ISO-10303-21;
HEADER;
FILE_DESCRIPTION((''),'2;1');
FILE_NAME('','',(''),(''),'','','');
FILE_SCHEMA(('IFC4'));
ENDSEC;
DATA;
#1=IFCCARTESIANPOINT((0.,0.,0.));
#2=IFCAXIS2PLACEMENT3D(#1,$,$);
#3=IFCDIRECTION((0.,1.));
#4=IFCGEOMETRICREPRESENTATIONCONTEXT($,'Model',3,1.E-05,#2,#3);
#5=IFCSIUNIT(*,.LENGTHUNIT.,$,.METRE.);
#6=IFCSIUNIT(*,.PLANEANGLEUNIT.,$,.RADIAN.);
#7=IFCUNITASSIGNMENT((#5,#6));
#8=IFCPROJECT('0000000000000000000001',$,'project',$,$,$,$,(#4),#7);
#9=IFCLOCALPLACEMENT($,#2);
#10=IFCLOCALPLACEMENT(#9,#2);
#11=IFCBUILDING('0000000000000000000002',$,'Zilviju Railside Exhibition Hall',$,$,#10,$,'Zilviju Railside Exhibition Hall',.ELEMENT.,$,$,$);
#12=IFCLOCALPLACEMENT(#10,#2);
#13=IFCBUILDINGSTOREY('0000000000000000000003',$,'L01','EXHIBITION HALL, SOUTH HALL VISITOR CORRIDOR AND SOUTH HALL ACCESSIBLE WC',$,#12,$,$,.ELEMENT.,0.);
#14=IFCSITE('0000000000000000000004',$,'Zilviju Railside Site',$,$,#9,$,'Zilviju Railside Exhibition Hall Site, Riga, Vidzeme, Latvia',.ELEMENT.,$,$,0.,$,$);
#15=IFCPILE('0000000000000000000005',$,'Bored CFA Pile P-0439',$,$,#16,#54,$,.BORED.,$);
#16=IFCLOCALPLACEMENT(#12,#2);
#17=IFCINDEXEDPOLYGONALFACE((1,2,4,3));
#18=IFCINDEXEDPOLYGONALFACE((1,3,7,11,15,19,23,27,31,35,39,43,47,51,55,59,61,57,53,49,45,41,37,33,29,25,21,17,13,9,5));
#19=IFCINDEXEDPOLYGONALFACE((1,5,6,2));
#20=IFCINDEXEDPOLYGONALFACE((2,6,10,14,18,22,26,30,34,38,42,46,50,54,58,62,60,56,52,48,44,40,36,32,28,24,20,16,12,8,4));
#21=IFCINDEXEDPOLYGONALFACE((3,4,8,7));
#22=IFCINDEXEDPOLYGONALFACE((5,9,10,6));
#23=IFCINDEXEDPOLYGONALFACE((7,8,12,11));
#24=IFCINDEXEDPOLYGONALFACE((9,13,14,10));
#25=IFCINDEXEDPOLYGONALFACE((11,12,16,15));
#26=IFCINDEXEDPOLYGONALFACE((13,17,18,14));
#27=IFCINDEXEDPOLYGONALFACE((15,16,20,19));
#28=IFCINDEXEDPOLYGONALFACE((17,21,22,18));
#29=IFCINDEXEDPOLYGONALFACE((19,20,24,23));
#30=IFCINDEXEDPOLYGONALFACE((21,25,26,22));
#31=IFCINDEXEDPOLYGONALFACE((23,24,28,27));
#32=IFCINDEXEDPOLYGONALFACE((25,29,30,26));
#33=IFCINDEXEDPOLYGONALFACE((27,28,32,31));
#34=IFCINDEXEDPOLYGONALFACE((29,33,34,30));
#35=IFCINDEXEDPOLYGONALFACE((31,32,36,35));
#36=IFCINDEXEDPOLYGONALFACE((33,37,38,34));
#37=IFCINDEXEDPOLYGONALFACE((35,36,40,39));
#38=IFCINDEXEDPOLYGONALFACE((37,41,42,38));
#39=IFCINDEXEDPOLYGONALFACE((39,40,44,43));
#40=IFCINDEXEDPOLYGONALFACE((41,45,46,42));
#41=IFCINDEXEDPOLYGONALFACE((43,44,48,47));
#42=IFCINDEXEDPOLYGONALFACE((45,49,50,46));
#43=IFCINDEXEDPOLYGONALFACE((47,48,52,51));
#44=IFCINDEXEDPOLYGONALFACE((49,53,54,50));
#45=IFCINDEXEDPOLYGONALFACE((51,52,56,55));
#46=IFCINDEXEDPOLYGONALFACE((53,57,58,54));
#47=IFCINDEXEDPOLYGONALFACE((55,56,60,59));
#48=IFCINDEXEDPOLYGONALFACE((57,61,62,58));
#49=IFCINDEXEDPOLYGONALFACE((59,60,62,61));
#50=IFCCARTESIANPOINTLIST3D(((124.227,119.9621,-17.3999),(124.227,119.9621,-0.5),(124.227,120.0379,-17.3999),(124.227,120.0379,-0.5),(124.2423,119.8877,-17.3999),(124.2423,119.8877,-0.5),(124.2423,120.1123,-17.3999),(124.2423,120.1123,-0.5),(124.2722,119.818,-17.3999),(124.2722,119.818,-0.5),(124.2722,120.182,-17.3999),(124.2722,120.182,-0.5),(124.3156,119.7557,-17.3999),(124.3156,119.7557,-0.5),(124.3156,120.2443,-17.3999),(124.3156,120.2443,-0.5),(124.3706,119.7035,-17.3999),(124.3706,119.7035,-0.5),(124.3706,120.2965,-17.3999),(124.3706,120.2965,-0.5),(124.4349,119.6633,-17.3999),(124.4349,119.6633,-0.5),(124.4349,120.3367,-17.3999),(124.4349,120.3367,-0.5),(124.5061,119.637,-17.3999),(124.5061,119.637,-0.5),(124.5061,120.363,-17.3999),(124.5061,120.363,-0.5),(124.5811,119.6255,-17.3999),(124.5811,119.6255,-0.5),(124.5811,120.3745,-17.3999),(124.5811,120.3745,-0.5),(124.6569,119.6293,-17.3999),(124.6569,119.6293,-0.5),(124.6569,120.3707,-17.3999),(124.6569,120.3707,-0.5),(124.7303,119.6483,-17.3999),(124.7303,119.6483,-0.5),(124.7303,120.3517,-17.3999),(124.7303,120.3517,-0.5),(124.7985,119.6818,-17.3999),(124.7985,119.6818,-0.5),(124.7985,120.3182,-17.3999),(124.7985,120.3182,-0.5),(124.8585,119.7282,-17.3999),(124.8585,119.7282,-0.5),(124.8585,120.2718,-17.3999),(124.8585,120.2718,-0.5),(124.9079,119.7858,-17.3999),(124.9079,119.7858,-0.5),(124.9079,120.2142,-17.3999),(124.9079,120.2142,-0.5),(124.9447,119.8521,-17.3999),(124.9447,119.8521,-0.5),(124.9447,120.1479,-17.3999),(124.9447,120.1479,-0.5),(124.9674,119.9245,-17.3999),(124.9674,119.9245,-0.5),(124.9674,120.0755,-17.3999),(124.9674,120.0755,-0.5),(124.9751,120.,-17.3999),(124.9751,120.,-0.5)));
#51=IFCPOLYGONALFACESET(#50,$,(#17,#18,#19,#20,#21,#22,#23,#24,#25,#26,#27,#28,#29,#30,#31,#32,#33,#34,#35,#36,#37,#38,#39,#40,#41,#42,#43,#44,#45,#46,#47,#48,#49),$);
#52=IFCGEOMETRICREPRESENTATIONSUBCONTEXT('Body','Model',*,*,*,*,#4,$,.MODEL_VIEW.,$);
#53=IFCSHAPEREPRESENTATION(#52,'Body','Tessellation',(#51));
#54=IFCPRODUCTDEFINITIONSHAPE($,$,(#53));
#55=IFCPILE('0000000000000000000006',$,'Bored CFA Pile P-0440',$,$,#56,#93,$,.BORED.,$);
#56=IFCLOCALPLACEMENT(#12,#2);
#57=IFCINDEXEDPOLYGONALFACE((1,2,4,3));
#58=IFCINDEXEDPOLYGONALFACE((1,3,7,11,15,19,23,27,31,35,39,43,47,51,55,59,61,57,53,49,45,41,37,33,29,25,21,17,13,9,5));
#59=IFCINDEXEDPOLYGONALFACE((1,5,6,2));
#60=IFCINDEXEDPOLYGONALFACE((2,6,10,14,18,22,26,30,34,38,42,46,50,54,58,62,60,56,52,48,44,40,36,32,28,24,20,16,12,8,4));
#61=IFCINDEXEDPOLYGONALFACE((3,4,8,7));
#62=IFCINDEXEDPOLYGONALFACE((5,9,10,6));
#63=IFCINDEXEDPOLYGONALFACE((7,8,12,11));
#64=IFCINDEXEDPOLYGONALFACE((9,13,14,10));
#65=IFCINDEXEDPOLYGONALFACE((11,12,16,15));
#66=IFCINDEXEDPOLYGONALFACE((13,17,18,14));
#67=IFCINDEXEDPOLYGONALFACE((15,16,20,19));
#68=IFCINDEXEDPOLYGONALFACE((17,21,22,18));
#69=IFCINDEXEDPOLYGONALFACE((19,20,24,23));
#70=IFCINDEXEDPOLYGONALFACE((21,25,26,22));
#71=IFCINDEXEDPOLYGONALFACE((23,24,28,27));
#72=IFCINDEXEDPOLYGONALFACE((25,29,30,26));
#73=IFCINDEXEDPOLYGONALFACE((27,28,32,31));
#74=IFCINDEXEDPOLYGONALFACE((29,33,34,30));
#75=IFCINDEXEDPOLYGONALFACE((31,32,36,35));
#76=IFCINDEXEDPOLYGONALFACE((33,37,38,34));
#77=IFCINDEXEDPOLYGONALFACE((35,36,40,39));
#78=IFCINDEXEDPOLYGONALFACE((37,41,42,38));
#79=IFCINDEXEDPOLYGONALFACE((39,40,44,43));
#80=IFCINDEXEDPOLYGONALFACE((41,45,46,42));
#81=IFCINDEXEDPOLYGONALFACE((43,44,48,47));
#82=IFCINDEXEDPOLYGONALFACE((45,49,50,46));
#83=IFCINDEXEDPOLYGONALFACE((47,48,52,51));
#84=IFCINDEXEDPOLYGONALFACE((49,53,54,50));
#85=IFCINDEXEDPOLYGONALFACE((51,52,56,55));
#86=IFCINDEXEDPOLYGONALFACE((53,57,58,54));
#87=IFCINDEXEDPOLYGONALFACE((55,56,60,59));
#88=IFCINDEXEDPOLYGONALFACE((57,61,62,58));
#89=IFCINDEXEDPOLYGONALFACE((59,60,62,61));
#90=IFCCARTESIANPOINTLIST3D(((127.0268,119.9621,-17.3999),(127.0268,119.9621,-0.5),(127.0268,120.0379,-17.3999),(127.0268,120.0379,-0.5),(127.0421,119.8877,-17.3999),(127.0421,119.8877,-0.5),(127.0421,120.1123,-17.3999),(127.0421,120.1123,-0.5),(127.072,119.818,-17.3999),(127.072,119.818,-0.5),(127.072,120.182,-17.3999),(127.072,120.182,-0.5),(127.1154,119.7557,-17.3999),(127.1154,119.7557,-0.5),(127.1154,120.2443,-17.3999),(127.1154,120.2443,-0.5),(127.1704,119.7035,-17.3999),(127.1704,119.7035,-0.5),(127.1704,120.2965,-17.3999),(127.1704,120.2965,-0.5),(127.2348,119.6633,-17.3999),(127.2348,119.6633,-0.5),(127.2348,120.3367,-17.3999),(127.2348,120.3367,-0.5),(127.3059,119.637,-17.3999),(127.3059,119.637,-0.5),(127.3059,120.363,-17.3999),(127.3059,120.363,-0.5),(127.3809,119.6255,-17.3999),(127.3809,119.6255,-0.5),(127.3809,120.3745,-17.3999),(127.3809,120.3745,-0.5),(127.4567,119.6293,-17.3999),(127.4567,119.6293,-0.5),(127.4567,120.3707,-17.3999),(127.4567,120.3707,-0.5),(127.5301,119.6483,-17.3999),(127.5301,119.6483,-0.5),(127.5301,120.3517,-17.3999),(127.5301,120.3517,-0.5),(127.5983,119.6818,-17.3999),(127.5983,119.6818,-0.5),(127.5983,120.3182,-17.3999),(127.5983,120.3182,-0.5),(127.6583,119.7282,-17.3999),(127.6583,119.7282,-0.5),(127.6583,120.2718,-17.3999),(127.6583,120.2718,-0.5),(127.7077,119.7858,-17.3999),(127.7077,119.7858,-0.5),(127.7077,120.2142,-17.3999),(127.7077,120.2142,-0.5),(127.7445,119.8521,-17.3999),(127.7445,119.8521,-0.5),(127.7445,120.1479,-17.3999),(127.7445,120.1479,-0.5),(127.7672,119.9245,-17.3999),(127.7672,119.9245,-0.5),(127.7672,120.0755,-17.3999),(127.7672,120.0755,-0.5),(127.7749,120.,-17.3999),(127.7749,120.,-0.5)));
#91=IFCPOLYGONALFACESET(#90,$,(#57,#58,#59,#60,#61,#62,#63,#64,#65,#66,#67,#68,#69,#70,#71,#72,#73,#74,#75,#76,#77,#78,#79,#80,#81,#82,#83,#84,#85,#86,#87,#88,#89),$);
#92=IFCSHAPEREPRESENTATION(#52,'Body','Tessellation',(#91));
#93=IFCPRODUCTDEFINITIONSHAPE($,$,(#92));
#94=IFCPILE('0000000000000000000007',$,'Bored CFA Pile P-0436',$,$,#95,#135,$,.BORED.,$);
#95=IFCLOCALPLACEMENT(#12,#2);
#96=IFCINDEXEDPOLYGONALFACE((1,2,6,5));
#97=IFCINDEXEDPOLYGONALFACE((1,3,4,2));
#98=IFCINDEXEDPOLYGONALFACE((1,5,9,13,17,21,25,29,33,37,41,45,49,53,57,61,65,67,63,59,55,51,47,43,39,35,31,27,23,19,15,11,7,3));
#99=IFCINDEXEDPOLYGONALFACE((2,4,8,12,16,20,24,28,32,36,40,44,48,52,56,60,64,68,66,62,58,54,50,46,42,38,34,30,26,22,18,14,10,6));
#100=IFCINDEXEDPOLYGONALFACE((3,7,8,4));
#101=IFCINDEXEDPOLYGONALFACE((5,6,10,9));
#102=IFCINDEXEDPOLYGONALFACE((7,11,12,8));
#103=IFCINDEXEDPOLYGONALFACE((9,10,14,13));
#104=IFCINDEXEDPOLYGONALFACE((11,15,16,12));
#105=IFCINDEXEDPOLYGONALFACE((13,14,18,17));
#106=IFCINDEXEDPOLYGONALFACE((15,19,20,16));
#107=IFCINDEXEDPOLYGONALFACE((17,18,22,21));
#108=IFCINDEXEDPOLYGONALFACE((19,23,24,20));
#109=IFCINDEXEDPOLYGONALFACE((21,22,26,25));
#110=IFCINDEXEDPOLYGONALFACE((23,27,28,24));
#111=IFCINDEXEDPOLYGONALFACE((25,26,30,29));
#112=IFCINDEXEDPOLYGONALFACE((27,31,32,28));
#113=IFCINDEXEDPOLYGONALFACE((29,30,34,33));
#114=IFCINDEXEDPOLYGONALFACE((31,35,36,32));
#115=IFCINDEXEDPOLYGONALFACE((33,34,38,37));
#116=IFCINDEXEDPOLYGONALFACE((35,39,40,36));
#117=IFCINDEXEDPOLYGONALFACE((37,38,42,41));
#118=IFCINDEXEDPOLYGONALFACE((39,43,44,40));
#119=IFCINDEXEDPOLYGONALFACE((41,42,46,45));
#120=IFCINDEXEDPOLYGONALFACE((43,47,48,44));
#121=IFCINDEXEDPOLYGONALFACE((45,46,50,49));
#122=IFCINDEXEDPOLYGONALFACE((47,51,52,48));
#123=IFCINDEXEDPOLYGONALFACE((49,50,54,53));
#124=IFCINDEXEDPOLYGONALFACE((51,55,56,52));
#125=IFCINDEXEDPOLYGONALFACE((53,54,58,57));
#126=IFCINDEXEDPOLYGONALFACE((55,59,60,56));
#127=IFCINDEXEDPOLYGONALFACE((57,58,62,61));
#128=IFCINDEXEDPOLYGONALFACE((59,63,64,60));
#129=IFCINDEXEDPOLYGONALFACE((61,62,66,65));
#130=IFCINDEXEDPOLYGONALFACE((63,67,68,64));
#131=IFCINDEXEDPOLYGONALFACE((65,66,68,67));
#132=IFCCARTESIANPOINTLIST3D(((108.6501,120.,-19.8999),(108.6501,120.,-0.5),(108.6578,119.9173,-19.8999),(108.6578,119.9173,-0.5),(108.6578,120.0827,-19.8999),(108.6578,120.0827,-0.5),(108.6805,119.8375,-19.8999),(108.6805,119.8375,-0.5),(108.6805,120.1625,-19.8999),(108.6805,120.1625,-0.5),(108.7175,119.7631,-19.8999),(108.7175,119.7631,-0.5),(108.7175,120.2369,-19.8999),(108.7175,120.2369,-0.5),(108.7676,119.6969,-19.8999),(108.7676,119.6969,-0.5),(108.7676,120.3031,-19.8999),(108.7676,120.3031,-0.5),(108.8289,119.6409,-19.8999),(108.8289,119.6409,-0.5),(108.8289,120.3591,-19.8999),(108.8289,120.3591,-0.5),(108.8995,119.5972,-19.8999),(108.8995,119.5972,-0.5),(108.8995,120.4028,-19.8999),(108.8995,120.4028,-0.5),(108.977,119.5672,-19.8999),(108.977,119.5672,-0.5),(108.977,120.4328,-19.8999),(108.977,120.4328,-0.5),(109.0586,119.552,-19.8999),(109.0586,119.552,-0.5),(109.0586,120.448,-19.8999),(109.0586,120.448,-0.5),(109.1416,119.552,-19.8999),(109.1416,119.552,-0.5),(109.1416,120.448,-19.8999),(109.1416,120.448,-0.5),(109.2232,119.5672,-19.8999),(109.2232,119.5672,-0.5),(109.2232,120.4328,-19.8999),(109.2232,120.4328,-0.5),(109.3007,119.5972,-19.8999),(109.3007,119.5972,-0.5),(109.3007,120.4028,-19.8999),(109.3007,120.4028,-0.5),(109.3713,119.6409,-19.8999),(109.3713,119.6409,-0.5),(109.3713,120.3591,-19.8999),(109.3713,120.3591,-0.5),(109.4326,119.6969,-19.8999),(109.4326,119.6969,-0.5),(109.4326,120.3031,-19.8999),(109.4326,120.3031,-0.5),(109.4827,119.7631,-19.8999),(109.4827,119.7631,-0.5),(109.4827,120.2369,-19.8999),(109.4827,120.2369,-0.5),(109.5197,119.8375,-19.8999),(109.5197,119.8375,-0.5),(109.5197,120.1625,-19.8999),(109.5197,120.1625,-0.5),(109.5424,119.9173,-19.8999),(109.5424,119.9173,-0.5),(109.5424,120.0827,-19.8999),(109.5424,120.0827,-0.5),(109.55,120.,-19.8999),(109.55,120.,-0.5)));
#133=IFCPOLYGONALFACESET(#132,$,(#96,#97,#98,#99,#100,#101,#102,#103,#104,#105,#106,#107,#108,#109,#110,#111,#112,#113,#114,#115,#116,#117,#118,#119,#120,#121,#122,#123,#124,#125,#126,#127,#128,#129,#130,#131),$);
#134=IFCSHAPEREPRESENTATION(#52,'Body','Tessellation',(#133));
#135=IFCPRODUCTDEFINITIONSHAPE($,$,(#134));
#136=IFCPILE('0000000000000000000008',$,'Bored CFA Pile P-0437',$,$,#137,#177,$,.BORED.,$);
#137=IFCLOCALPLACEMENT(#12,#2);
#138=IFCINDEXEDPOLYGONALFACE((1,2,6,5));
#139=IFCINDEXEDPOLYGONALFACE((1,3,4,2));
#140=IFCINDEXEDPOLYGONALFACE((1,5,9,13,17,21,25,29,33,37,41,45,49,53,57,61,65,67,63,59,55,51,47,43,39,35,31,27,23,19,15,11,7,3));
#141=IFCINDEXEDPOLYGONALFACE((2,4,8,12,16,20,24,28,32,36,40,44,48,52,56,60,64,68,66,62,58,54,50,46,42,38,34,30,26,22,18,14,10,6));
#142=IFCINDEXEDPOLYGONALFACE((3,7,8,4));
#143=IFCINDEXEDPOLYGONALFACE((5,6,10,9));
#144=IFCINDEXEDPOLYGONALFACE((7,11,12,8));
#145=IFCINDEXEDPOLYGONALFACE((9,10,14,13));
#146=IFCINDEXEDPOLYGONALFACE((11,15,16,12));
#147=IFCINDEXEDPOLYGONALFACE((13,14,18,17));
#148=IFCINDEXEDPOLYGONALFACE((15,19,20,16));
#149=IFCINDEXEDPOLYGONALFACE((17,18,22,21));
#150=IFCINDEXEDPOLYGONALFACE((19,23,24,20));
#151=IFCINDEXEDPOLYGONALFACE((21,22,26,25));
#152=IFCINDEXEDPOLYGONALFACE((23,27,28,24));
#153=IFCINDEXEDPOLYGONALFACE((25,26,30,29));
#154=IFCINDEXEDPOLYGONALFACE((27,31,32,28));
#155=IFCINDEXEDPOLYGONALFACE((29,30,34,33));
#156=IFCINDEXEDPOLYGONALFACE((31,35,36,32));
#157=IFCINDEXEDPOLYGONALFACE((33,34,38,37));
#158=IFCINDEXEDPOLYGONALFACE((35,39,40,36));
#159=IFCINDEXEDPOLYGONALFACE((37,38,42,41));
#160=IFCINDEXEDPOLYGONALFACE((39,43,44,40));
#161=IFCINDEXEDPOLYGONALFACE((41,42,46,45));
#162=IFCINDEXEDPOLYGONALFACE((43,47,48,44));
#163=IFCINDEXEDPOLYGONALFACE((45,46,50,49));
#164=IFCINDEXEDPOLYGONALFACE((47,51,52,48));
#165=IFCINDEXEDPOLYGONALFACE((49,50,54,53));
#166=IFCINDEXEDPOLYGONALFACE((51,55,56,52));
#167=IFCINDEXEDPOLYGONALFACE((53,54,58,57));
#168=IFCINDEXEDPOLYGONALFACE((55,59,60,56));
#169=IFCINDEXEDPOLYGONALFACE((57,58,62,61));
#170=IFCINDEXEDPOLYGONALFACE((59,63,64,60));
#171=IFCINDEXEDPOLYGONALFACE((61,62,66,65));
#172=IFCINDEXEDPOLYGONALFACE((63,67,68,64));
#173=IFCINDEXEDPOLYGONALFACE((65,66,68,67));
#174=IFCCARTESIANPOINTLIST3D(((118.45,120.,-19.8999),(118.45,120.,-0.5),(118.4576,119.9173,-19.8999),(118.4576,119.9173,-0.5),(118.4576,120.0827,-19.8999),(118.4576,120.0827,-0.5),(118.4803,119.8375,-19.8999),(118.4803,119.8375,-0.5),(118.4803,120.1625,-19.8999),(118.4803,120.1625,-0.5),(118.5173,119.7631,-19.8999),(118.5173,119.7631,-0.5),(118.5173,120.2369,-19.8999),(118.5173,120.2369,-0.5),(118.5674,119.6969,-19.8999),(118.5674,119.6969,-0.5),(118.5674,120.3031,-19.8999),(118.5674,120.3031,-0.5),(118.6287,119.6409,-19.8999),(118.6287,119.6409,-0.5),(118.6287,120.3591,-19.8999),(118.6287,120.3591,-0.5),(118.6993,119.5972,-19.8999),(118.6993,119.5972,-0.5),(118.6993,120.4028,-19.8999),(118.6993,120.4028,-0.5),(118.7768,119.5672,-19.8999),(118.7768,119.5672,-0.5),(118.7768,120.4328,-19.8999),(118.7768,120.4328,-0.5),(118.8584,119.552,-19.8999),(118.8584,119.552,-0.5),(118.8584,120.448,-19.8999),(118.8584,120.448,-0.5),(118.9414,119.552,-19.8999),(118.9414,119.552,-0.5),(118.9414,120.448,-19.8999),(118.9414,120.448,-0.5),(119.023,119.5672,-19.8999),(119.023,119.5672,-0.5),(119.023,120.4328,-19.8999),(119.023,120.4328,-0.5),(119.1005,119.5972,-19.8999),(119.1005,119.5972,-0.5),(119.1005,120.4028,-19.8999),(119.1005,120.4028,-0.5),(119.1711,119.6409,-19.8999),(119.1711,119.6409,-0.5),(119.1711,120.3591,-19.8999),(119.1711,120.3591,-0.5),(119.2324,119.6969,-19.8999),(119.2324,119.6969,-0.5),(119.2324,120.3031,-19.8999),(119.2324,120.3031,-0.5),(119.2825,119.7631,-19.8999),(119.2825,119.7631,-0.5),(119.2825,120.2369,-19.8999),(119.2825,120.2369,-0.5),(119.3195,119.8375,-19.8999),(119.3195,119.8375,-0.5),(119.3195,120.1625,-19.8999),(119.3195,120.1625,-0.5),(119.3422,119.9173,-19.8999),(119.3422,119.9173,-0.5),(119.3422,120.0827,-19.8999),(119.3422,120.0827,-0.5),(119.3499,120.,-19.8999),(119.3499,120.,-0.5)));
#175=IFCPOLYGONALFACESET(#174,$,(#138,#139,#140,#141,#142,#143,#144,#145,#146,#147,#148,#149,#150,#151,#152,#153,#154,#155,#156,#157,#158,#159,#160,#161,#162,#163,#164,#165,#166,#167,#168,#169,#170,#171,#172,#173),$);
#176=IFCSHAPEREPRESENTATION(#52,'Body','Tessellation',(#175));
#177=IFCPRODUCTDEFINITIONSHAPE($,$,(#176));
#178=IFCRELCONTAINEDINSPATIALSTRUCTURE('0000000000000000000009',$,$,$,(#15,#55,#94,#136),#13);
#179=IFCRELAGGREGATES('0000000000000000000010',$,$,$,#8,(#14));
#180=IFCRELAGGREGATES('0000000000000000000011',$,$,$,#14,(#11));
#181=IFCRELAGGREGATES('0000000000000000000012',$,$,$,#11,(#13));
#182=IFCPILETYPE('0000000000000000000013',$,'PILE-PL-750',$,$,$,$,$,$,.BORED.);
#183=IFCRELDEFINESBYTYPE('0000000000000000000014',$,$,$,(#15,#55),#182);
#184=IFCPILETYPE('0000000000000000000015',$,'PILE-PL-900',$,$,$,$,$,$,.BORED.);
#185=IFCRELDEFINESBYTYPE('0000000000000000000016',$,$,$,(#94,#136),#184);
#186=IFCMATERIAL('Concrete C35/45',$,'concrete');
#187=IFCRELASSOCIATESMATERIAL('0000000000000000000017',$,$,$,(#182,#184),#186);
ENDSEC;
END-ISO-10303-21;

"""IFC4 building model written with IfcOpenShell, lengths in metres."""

from ifc_helpers import new_model, si_unit, direction, frame, origin, origin_2d, place, context, subcontext, project, spatial, circle, extrude, material, material_profile, profile_set, type_object, element, save


model = new_model("IFC4")

# Units and contexts
model_context = context("Model", 3, precision=1e-05, world=origin(), true_north=direction((0.0, 1.0)))
body_context = subcontext(model_context, "Body", "Model", "MODEL_VIEW")
ifc_project = project(units=[si_unit("LENGTHUNIT", "METRE"), si_unit("PLANEANGLEUNIT", "RADIAN")], contexts=[model_context])

# Site, building, storey
site_placement = place(None, origin())
site = spatial("IfcSite", under=ifc_project, at=site_placement, Name="Zilviju Railside Site", LongName="Zilviju Railside Exhibition Hall Site, Riga, Vidzeme, Latvia", CompositionType="ELEMENT", RefElevation=0.0)
building_placement = place(site_placement, origin())
building = spatial("IfcBuilding", under=site, at=building_placement, Name="Zilviju Railside Exhibition Hall", LongName="Zilviju Railside Exhibition Hall", CompositionType="ELEMENT")
storey_placement = place(building_placement, origin())
storey = spatial("IfcBuildingStorey", under=building, at=storey_placement, Name="L01", Description="EXHIBITION HALL, SOUTH HALL VISITOR CORRIDOR AND SOUTH HALL ACCESSIBLE WC", CompositionType="ELEMENT", Elevation=0.0)

# Shared definitions
ifc_material_1 = material(Name="Concrete C35/45", Category="concrete")

# Piles
ifc_material_profile_1 = material_profile(ifc_material_1, circle(Radius=0.375, at=origin_2d()), Name="CFA PILE D750")
ifc_profile_set_1 = profile_set([ifc_material_profile_1], Name="Concrete C35/45")
pile_type_1 = type_object("IfcPileType", Name="PILE-PL-750", PredefinedType="BORED", material=ifc_profile_set_1)
for number, where, z_axis, x_axis, name in (
    (1, (124.6001, 120.0, -0.5), (0.0, 0.0, -1.0), (1.0, 0.0, 0.0), "Bored CFA Pile P-0439"),
    (2, (127.3999, 120.0, -0.5), (0.0, 0.0, -1.0), (1.0, 0.0, 0.0), "Bored CFA Pile P-0440"),
):
    element("IfcPile", number, at=place(storey_placement, frame(where, z_axis=z_axis, x_axis=x_axis)), inside=storey, type_object=pile_type_1, Name=name, PredefinedType="BORED", context=body_context, shape_type="SweptSolid", body=[
        extrude(circle(Radius=0.375, at=origin_2d()), origin(), (0.0, 0.0, 1.0), 16.8999),
    ])
ifc_material_profile_2 = material_profile(ifc_material_1, circle(Radius=0.45, at=origin_2d()), Name="CFA PILE D900")
ifc_profile_set_2 = profile_set([ifc_material_profile_2], Name="Concrete C35/45")
pile_type_2 = type_object("IfcPileType", Name="PILE-PL-900", PredefinedType="BORED", material=ifc_profile_set_2)
for number, where, z_axis, x_axis, name in (
    (3, (109.1001, 120.0, -0.5), (0.0, 0.0, -1.0), (1.0, 0.0, 0.0), "Bored CFA Pile P-0436"),
    (4, (118.8999, 120.0, -0.5), (0.0, 0.0, -1.0), (1.0, 0.0, 0.0), "Bored CFA Pile P-0437"),
):
    element("IfcPile", number, at=place(storey_placement, frame(where, z_axis=z_axis, x_axis=x_axis)), inside=storey, type_object=pile_type_2, Name=name, PredefinedType="BORED", context=body_context, shape_type="SweptSolid", body=[
        extrude(circle(Radius=0.45, at=origin_2d()), origin(), (0.0, 0.0, 1.0), 19.3999),
    ])

save(model, "model.ifc")
